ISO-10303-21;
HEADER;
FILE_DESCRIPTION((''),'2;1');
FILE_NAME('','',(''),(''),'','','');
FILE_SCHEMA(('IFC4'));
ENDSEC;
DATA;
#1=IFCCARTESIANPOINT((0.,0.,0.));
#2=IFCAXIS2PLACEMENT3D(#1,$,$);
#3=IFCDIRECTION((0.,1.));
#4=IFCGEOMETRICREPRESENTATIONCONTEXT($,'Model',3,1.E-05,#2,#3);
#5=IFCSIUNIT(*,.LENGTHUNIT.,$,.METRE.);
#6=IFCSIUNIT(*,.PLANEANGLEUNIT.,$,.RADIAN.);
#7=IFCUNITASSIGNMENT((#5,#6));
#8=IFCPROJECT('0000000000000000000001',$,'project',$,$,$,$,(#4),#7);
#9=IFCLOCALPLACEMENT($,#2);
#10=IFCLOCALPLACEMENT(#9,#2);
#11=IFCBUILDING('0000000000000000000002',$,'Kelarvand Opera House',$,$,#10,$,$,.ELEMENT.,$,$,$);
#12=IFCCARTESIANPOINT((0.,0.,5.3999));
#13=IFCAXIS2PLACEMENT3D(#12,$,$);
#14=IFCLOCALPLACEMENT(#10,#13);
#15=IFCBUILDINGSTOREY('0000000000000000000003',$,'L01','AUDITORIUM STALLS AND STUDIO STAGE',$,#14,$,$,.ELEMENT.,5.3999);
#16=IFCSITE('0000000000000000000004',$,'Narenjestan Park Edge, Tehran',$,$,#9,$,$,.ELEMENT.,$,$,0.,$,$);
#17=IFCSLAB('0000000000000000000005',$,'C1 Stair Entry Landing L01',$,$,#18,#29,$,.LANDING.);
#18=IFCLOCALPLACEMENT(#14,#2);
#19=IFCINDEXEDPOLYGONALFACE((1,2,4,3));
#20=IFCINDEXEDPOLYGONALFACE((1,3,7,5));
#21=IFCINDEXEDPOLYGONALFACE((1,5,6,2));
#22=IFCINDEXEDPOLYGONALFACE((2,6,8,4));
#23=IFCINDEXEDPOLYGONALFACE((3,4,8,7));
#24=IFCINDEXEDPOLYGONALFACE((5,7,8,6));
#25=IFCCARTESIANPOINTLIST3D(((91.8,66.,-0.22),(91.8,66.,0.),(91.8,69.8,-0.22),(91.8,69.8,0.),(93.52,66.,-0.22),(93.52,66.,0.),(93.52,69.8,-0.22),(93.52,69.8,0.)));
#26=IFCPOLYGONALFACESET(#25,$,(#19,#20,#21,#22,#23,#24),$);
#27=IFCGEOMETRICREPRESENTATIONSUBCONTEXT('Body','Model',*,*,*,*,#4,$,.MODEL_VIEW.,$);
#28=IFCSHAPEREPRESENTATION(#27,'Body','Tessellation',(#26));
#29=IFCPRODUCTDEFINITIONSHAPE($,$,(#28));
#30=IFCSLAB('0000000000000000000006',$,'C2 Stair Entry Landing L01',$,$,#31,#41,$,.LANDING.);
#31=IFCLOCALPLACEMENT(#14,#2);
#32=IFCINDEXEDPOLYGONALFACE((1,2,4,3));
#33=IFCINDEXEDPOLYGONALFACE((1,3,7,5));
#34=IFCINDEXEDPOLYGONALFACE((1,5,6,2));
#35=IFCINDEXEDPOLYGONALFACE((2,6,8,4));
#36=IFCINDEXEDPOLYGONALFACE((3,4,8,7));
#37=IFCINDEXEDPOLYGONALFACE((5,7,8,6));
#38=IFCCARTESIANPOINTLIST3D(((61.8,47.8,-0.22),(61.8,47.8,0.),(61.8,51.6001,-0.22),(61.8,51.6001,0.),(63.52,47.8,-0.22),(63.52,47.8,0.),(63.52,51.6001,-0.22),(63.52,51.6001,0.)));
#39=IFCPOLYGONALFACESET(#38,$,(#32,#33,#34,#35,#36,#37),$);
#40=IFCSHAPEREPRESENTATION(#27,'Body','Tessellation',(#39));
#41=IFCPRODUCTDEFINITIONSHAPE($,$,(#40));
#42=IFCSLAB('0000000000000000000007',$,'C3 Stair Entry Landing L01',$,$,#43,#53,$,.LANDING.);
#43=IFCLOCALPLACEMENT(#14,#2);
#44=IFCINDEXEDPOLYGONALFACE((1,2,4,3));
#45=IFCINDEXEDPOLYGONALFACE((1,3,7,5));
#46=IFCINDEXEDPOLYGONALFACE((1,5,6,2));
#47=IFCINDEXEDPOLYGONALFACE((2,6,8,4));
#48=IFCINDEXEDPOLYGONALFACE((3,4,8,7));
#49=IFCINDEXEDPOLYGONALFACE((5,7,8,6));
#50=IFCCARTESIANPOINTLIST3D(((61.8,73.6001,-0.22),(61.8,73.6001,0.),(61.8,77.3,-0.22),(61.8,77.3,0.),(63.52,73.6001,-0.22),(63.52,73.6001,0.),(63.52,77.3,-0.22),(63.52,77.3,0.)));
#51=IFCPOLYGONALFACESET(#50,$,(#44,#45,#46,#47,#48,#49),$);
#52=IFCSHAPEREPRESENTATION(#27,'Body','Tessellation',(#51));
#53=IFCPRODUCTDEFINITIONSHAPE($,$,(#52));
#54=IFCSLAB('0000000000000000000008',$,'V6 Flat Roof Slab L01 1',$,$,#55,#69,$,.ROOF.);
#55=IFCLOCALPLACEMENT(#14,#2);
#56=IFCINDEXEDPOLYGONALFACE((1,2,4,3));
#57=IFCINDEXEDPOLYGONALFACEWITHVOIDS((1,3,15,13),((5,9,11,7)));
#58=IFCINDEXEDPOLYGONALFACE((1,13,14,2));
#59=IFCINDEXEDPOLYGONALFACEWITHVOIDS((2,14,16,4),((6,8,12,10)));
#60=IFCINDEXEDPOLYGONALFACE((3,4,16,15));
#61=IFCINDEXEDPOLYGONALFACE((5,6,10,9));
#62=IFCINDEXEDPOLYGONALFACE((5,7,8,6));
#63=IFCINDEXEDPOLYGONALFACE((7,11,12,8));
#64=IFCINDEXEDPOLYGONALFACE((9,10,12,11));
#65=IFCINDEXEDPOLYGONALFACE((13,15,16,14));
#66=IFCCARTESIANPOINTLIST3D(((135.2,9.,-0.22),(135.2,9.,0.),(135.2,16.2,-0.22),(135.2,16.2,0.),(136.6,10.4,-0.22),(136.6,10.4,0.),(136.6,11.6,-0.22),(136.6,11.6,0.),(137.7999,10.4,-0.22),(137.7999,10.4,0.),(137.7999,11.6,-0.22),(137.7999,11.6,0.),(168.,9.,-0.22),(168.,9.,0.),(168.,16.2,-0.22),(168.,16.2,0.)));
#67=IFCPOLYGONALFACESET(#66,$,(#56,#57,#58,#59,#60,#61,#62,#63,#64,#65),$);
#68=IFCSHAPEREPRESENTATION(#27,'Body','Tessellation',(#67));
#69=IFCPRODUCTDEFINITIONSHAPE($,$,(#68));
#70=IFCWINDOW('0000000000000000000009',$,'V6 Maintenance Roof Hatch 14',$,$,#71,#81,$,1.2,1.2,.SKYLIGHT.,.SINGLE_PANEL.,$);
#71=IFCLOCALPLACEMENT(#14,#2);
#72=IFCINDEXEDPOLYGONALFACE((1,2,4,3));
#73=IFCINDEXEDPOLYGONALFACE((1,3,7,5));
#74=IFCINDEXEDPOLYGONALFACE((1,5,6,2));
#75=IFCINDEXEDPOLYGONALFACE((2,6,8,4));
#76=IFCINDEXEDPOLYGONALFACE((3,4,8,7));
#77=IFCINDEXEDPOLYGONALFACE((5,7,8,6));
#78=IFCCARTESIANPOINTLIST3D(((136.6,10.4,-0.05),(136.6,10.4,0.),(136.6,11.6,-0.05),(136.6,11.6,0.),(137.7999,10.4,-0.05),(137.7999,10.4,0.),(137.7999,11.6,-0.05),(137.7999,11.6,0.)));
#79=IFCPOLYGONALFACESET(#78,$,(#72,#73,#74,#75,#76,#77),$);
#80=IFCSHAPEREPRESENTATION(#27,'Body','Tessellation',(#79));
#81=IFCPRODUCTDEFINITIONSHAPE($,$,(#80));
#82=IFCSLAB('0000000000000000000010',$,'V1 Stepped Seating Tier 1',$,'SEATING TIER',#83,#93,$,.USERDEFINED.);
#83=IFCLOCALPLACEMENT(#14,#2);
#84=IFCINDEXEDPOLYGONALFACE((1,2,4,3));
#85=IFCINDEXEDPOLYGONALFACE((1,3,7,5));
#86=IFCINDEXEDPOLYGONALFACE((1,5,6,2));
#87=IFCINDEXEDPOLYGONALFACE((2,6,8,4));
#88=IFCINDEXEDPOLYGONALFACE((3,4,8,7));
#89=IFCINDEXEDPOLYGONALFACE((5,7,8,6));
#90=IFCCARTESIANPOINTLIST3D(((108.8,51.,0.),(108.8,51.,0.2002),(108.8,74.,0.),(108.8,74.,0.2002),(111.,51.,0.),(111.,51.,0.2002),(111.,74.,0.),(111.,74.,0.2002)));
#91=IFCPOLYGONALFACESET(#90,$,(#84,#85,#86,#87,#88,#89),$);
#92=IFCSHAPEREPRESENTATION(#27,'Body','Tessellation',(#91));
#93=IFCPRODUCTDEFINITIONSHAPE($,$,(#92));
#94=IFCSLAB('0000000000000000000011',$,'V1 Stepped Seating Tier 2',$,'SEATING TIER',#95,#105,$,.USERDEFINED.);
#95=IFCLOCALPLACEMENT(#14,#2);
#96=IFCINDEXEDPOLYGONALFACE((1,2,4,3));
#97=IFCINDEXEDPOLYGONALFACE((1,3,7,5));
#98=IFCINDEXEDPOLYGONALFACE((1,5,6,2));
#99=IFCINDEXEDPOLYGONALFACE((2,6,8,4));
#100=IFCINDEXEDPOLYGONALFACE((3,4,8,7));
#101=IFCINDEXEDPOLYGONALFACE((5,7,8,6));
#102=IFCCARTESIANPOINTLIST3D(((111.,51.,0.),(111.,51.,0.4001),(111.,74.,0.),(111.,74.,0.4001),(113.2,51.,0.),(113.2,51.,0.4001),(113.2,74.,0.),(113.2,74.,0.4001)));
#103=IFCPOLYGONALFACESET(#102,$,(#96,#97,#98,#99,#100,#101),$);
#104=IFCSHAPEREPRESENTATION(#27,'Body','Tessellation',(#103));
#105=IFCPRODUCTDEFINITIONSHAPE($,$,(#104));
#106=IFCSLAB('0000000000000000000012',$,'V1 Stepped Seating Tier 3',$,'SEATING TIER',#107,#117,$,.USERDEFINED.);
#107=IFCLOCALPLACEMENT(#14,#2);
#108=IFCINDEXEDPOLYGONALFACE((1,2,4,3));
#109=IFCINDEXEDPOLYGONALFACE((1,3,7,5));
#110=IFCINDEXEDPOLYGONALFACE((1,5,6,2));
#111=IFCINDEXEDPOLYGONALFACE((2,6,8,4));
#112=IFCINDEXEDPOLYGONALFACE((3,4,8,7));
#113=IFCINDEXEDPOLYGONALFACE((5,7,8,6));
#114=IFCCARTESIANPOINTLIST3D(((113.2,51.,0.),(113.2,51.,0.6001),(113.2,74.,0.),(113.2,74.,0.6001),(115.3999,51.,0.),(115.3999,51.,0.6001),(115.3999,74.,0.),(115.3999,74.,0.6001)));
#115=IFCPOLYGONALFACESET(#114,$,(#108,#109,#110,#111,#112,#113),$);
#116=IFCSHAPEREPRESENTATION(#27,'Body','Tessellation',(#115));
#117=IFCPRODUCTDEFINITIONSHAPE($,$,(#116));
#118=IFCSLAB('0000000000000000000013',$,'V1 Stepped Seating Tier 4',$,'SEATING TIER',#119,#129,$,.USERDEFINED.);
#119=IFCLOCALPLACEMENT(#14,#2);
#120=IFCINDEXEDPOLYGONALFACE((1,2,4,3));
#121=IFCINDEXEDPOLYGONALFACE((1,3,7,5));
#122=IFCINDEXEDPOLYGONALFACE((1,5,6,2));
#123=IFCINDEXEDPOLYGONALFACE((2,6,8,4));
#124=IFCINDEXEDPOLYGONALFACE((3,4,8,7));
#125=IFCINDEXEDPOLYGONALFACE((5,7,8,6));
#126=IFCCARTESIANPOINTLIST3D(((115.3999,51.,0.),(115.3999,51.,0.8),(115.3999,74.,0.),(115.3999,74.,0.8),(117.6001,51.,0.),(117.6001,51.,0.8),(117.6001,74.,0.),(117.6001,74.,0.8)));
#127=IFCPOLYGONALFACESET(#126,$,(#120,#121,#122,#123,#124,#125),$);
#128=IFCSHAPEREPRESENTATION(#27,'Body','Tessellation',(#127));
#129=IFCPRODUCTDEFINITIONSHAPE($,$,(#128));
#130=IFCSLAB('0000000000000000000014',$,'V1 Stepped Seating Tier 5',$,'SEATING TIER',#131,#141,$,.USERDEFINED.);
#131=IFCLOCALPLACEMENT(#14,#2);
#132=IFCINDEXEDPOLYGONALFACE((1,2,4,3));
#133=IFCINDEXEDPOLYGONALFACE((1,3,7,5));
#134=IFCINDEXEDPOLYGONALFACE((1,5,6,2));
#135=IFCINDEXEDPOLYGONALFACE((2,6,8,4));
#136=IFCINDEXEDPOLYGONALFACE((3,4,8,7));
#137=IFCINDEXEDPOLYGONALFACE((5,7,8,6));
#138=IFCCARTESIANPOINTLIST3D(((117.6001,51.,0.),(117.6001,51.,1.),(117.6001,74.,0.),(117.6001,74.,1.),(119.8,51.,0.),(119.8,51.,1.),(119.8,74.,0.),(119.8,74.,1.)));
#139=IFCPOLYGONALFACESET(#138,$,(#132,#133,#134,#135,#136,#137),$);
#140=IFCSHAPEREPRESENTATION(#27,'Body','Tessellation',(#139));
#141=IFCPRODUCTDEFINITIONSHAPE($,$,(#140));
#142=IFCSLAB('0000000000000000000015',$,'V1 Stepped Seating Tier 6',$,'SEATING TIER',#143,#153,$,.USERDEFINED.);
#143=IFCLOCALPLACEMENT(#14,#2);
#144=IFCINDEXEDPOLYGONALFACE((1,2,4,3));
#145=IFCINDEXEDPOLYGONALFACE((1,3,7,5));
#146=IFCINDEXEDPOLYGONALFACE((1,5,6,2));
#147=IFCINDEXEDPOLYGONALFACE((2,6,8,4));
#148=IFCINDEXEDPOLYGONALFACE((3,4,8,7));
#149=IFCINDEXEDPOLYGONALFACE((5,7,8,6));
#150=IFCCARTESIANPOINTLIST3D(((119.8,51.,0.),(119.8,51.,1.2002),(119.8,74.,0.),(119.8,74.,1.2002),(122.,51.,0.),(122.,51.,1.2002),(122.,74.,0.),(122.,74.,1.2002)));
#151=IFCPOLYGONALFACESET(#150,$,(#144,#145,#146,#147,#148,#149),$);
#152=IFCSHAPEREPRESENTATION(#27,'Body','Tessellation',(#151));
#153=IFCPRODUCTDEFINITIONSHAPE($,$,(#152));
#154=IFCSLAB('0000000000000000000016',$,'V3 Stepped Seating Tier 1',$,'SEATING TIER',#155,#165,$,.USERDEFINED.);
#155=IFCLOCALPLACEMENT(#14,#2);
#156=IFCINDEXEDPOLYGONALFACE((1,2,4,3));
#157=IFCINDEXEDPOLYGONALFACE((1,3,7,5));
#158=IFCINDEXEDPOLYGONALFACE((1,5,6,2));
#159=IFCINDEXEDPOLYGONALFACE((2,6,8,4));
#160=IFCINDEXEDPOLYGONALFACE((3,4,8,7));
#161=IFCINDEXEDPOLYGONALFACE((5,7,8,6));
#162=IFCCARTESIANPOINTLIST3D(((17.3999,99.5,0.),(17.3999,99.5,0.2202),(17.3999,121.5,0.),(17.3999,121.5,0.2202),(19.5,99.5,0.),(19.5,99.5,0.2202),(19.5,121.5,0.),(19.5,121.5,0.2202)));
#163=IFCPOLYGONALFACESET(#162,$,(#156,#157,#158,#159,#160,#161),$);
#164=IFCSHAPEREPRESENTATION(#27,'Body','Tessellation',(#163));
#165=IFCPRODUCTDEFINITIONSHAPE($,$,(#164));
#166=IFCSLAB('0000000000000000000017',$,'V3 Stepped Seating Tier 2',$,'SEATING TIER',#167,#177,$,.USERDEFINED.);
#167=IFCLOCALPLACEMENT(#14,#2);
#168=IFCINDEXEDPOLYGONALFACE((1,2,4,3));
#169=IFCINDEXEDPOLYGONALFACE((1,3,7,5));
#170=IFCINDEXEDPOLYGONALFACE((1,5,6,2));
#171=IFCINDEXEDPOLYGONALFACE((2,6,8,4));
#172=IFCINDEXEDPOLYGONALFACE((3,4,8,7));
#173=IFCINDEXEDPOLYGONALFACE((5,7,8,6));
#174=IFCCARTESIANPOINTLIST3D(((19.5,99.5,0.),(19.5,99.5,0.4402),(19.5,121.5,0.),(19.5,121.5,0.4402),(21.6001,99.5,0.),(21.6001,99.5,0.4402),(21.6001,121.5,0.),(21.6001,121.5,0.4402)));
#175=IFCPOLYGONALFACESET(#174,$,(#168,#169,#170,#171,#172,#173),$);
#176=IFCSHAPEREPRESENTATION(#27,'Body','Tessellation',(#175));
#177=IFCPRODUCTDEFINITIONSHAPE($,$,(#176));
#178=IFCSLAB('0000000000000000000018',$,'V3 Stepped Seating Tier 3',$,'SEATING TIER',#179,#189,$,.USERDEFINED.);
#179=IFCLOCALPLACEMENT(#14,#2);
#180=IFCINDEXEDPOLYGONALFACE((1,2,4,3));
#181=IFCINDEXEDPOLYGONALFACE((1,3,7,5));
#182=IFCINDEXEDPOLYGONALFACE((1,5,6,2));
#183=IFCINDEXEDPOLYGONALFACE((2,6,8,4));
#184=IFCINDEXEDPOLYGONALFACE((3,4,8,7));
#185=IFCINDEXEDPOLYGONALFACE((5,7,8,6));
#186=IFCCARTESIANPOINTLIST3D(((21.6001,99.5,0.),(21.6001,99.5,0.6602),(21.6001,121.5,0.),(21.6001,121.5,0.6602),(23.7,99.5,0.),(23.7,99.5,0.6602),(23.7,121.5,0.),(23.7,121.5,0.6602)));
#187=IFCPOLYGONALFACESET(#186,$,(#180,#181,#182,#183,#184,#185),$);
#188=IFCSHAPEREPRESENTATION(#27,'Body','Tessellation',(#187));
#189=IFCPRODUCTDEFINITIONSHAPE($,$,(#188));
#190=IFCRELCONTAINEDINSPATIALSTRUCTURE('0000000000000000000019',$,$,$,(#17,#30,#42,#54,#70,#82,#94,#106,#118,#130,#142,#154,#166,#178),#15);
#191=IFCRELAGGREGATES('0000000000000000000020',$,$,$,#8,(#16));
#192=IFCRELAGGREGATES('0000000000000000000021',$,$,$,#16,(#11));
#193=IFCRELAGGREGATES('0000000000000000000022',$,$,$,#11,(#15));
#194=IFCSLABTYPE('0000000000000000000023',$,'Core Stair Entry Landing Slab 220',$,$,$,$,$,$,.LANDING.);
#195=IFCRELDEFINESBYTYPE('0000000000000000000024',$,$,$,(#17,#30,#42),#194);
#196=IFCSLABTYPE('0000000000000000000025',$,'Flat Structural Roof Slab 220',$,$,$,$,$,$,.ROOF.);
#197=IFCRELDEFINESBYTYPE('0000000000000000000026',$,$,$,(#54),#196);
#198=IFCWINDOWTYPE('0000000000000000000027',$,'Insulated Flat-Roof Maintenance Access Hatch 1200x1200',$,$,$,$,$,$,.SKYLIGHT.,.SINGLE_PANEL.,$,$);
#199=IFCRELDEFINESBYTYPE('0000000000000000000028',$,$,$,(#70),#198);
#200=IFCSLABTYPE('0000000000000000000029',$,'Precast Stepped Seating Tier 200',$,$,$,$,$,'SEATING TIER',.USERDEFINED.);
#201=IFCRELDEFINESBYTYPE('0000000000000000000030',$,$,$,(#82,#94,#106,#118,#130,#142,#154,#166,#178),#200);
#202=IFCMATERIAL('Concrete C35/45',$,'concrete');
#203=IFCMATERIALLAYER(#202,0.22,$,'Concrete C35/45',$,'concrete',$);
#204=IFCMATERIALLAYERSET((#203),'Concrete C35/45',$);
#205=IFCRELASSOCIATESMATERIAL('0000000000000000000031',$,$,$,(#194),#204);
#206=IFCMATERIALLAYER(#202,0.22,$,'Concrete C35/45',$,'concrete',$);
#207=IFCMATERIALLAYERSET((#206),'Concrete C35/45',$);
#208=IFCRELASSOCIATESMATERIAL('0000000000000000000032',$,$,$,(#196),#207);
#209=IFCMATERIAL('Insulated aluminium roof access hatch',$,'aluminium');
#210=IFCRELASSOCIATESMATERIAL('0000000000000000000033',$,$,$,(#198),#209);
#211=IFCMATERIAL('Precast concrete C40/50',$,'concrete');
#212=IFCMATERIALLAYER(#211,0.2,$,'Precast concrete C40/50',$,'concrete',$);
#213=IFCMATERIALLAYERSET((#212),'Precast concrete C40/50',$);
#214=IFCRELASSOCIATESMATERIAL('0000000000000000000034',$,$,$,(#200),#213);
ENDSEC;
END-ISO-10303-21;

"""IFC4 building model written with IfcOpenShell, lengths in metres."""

from ifc_helpers import new_model, si_unit, direction, frame, origin, origin_2d, place, context, subcontext, project, spatial, polyline, rectangle, outline, extrude, material, layer, layer_set, type_object, element, fill, save


model = new_model("IFC4")

# Units and contexts
model_context = context("Model", 3, precision=1e-05, world=origin(), true_north=direction((0.0, 1.0)))
body_context = subcontext(model_context, "Body", "Model", "MODEL_VIEW")
ifc_project = project(units=[si_unit("LENGTHUNIT", "METRE"), si_unit("PLANEANGLEUNIT", "RADIAN")], contexts=[model_context])

# Site, building, storey
site_placement = place(None, origin())
site = spatial("IfcSite", under=ifc_project, at=site_placement, Name="Narenjestan Park Edge, Tehran", CompositionType="ELEMENT", RefElevation=0.0)
building_placement = place(site_placement, origin())
building = spatial("IfcBuilding", under=site, at=building_placement, Name="Kelarvand Opera House", CompositionType="ELEMENT")
storey_placement = place(building_placement, frame((0.0, 0.0, 5.3999)))
storey = spatial("IfcBuildingStorey", under=building, at=storey_placement, Name="L01", Description="AUDITORIUM STALLS AND STUDIO STAGE", CompositionType="ELEMENT", Elevation=5.3999)

# Slabs
ifc_material_1 = material(Name="Concrete C35/45", Category="concrete")
ifc_layer_1 = layer(ifc_material_1, 0.22, Name="Concrete C35/45", Category="concrete")
ifc_layer_set_1 = layer_set([ifc_layer_1], Name="Concrete C35/45")
slab_type_1 = type_object("IfcSlabType", Name="Core Stair Entry Landing Slab 220", PredefinedType="LANDING", material=ifc_layer_set_1)
slab_1_placement = place(storey_placement, frame((0.0, 0.0, -0.22)))
element("IfcSlab", 1, at=slab_1_placement, inside=storey, type_object=slab_type_1, Name="C1 Stair Entry Landing L01", PredefinedType="LANDING", context=body_context, shape_type="SweptSolid", body=[
    extrude(outline(polyline([(91.8, 66.0), (93.52, 66.0), (93.52, 69.8), (91.8, 69.8), (91.8, 66.0)])), origin(), (0.0, 0.0, 1.0), 0.22),
])
slab_2_placement = place(storey_placement, frame((0.0, 0.0, -0.22)))
element("IfcSlab", 2, at=slab_2_placement, inside=storey, type_object=slab_type_1, Name="C2 Stair Entry Landing L01", PredefinedType="LANDING", context=body_context, shape_type="SweptSolid", body=[
    extrude(outline(polyline([(61.8, 47.8), (63.52, 47.8), (63.52, 51.6001), (61.8, 51.6001), (61.8, 47.8)])), origin(), (0.0, 0.0, 1.0), 0.22),
])
slab_3_placement = place(storey_placement, frame((0.0, 0.0, -0.22)))
element("IfcSlab", 3, at=slab_3_placement, inside=storey, type_object=slab_type_1, Name="C3 Stair Entry Landing L01", PredefinedType="LANDING", context=body_context, shape_type="SweptSolid", body=[
    extrude(outline(polyline([(61.8, 73.6001), (63.52, 73.6001), (63.52, 77.3), (61.8, 77.3), (61.8, 73.6001)])), origin(), (0.0, 0.0, 1.0), 0.22),
])

# Slab, opening, window
ifc_layer_2 = layer(ifc_material_1, 0.22, Name="Concrete C35/45", Category="concrete")
ifc_layer_set_2 = layer_set([ifc_layer_2], Name="Concrete C35/45")
slab_type_2 = type_object("IfcSlabType", Name="Flat Structural Roof Slab 220", PredefinedType="ROOF", material=ifc_layer_set_2)
slab_4_placement = place(storey_placement, frame((0.0, 0.0, -0.22)))
slab_4 = element("IfcSlab", 4, at=slab_4_placement, inside=storey, type_object=slab_type_2, Name="V6 Flat Roof Slab L01 1", PredefinedType="ROOF", context=body_context, shape_type="SweptSolid", body=[
    extrude(outline(polyline([(135.2, 9.0), (168.0, 9.0), (168.0, 16.2), (135.2, 16.2), (135.2, 9.0)])), origin(), (0.0, 0.0, 1.0), 0.22),
])
opening_placement = place(slab_4_placement, frame((137.2, 11.0, 0.0)))
opening = element("IfcOpeningElement", 5, at=opening_placement, cuts=slab_4, PredefinedType="OPENING", context=body_context, shape_type="SweptSolid", body=[
    extrude(rectangle(XDim=1.2, YDim=1.2, at=origin_2d()), frame((0.0, 0.0, -0.01)), (0.0, 0.0, 1.0), 0.24),
])
ifc_material_2 = material(Name="Insulated aluminium roof access hatch", Category="aluminium")
window_type = type_object("IfcWindowType", Name="Insulated Flat-Roof Maintenance Access Hatch 1200x1200", PartitioningType="SINGLE_PANEL", PredefinedType="SKYLIGHT", material=ifc_material_2)
window_placement = place(opening_placement, frame((0.0, 0.0, 0.1699)))
window = element("IfcWindow", 6, at=window_placement, inside=storey, type_object=window_type, Name="V6 Maintenance Roof Hatch 14", OverallHeight=1.2, OverallWidth=1.2, PartitioningType="SINGLE_PANEL", PredefinedType="SKYLIGHT", context=body_context, shape_type="SweptSolid", body=[
    extrude(rectangle(XDim=1.2, YDim=1.2, at=origin_2d()), origin(), (0.0, 0.0, 1.0), 0.05),
])
fill(opening, window)

# Slabs
ifc_material_3 = material(Name="Precast concrete C40/50", Category="concrete")
ifc_layer_3 = layer(ifc_material_3, 0.2, Name="Precast concrete C40/50", Category="concrete")
ifc_layer_set_3 = layer_set([ifc_layer_3], Name="Precast concrete C40/50")
slab_type_3 = type_object("IfcSlabType", Name="Precast Stepped Seating Tier 200", ElementType="SEATING TIER", PredefinedType="USERDEFINED", material=ifc_layer_set_3)
slab_5_placement = place(storey_placement, origin())
element("IfcSlab", 7, at=slab_5_placement, inside=storey, type_object=slab_type_3, Name="V1 Stepped Seating Tier 1", ObjectType="SEATING TIER", PredefinedType="USERDEFINED", context=body_context, shape_type="SweptSolid", body=[
    extrude(outline(polyline([(108.8, 51.0), (111.0, 51.0), (111.0, 74.0), (108.8, 74.0), (108.8, 51.0)])), origin(), (0.0, 0.0, 1.0), 0.2002),
])
slab_6_placement = place(storey_placement, origin())
element("IfcSlab", 8, at=slab_6_placement, inside=storey, type_object=slab_type_3, Name="V1 Stepped Seating Tier 2", ObjectType="SEATING TIER", PredefinedType="USERDEFINED", context=body_context, shape_type="SweptSolid", body=[
    extrude(outline(polyline([(111.0, 51.0), (113.2, 51.0), (113.2, 74.0), (111.0, 74.0), (111.0, 51.0)])), origin(), (0.0, 0.0, 1.0), 0.4001),
])
slab_7_placement = place(storey_placement, origin())
element("IfcSlab", 9, at=slab_7_placement, inside=storey, type_object=slab_type_3, Name="V1 Stepped Seating Tier 3", ObjectType="SEATING TIER", PredefinedType="USERDEFINED", context=body_context, shape_type="SweptSolid", body=[
    extrude(outline(polyline([(113.2, 51.0), (115.3999, 51.0), (115.3999, 74.0), (113.2, 74.0), (113.2, 51.0)])), origin(), (0.0, 0.0, 1.0), 0.6001),
])
slab_8_placement = place(storey_placement, origin())
element("IfcSlab", 10, at=slab_8_placement, inside=storey, type_object=slab_type_3, Name="V1 Stepped Seating Tier 4", ObjectType="SEATING TIER", PredefinedType="USERDEFINED", context=body_context, shape_type="SweptSolid", body=[
    extrude(outline(polyline([(115.3999, 51.0), (117.6001, 51.0), (117.6001, 74.0), (115.3999, 74.0), (115.3999, 51.0)])), origin(), (0.0, 0.0, 1.0), 0.8),
])
slab_9_placement = place(storey_placement, origin())
element("IfcSlab", 11, at=slab_9_placement, inside=storey, type_object=slab_type_3, Name="V1 Stepped Seating Tier 5", ObjectType="SEATING TIER", PredefinedType="USERDEFINED", context=body_context, shape_type="SweptSolid", body=[
    extrude(outline(polyline([(117.6001, 51.0), (119.8, 51.0), (119.8, 74.0), (117.6001, 74.0), (117.6001, 51.0)])), origin(), (0.0, 0.0, 1.0), 1.0),
])
slab_10_placement = place(storey_placement, origin())
element("IfcSlab", 12, at=slab_10_placement, inside=storey, type_object=slab_type_3, Name="V1 Stepped Seating Tier 6", ObjectType="SEATING TIER", PredefinedType="USERDEFINED", context=body_context, shape_type="SweptSolid", body=[
    extrude(outline(polyline([(119.8, 51.0), (122.0, 51.0), (122.0, 74.0), (119.8, 74.0), (119.8, 51.0)])), origin(), (0.0, 0.0, 1.0), 1.2002),
])
slab_11_placement = place(storey_placement, origin())
element("IfcSlab", 13, at=slab_11_placement, inside=storey, type_object=slab_type_3, Name="V3 Stepped Seating Tier 1", ObjectType="SEATING TIER", PredefinedType="USERDEFINED", context=body_context, shape_type="SweptSolid", body=[
    extrude(outline(polyline([(17.3999, 99.5), (19.5, 99.5), (19.5, 121.5), (17.3999, 121.5), (17.3999, 99.5)])), origin(), (0.0, 0.0, 1.0), 0.2202),
])
slab_12_placement = place(storey_placement, origin())
element("IfcSlab", 14, at=slab_12_placement, inside=storey, type_object=slab_type_3, Name="V3 Stepped Seating Tier 2", ObjectType="SEATING TIER", PredefinedType="USERDEFINED", context=body_context, shape_type="SweptSolid", body=[
    extrude(outline(polyline([(19.5, 99.5), (21.6001, 99.5), (21.6001, 121.5), (19.5, 121.5), (19.5, 99.5)])), origin(), (0.0, 0.0, 1.0), 0.4402),
])
slab_13_placement = place(storey_placement, origin())
element("IfcSlab", 15, at=slab_13_placement, inside=storey, type_object=slab_type_3, Name="V3 Stepped Seating Tier 3", ObjectType="SEATING TIER", PredefinedType="USERDEFINED", context=body_context, shape_type="SweptSolid", body=[
    extrude(outline(polyline([(21.6001, 99.5), (23.7, 99.5), (23.7, 121.5), (21.6001, 121.5), (21.6001, 99.5)])), origin(), (0.0, 0.0, 1.0), 0.6602),
])

save(model, "model.ifc")
